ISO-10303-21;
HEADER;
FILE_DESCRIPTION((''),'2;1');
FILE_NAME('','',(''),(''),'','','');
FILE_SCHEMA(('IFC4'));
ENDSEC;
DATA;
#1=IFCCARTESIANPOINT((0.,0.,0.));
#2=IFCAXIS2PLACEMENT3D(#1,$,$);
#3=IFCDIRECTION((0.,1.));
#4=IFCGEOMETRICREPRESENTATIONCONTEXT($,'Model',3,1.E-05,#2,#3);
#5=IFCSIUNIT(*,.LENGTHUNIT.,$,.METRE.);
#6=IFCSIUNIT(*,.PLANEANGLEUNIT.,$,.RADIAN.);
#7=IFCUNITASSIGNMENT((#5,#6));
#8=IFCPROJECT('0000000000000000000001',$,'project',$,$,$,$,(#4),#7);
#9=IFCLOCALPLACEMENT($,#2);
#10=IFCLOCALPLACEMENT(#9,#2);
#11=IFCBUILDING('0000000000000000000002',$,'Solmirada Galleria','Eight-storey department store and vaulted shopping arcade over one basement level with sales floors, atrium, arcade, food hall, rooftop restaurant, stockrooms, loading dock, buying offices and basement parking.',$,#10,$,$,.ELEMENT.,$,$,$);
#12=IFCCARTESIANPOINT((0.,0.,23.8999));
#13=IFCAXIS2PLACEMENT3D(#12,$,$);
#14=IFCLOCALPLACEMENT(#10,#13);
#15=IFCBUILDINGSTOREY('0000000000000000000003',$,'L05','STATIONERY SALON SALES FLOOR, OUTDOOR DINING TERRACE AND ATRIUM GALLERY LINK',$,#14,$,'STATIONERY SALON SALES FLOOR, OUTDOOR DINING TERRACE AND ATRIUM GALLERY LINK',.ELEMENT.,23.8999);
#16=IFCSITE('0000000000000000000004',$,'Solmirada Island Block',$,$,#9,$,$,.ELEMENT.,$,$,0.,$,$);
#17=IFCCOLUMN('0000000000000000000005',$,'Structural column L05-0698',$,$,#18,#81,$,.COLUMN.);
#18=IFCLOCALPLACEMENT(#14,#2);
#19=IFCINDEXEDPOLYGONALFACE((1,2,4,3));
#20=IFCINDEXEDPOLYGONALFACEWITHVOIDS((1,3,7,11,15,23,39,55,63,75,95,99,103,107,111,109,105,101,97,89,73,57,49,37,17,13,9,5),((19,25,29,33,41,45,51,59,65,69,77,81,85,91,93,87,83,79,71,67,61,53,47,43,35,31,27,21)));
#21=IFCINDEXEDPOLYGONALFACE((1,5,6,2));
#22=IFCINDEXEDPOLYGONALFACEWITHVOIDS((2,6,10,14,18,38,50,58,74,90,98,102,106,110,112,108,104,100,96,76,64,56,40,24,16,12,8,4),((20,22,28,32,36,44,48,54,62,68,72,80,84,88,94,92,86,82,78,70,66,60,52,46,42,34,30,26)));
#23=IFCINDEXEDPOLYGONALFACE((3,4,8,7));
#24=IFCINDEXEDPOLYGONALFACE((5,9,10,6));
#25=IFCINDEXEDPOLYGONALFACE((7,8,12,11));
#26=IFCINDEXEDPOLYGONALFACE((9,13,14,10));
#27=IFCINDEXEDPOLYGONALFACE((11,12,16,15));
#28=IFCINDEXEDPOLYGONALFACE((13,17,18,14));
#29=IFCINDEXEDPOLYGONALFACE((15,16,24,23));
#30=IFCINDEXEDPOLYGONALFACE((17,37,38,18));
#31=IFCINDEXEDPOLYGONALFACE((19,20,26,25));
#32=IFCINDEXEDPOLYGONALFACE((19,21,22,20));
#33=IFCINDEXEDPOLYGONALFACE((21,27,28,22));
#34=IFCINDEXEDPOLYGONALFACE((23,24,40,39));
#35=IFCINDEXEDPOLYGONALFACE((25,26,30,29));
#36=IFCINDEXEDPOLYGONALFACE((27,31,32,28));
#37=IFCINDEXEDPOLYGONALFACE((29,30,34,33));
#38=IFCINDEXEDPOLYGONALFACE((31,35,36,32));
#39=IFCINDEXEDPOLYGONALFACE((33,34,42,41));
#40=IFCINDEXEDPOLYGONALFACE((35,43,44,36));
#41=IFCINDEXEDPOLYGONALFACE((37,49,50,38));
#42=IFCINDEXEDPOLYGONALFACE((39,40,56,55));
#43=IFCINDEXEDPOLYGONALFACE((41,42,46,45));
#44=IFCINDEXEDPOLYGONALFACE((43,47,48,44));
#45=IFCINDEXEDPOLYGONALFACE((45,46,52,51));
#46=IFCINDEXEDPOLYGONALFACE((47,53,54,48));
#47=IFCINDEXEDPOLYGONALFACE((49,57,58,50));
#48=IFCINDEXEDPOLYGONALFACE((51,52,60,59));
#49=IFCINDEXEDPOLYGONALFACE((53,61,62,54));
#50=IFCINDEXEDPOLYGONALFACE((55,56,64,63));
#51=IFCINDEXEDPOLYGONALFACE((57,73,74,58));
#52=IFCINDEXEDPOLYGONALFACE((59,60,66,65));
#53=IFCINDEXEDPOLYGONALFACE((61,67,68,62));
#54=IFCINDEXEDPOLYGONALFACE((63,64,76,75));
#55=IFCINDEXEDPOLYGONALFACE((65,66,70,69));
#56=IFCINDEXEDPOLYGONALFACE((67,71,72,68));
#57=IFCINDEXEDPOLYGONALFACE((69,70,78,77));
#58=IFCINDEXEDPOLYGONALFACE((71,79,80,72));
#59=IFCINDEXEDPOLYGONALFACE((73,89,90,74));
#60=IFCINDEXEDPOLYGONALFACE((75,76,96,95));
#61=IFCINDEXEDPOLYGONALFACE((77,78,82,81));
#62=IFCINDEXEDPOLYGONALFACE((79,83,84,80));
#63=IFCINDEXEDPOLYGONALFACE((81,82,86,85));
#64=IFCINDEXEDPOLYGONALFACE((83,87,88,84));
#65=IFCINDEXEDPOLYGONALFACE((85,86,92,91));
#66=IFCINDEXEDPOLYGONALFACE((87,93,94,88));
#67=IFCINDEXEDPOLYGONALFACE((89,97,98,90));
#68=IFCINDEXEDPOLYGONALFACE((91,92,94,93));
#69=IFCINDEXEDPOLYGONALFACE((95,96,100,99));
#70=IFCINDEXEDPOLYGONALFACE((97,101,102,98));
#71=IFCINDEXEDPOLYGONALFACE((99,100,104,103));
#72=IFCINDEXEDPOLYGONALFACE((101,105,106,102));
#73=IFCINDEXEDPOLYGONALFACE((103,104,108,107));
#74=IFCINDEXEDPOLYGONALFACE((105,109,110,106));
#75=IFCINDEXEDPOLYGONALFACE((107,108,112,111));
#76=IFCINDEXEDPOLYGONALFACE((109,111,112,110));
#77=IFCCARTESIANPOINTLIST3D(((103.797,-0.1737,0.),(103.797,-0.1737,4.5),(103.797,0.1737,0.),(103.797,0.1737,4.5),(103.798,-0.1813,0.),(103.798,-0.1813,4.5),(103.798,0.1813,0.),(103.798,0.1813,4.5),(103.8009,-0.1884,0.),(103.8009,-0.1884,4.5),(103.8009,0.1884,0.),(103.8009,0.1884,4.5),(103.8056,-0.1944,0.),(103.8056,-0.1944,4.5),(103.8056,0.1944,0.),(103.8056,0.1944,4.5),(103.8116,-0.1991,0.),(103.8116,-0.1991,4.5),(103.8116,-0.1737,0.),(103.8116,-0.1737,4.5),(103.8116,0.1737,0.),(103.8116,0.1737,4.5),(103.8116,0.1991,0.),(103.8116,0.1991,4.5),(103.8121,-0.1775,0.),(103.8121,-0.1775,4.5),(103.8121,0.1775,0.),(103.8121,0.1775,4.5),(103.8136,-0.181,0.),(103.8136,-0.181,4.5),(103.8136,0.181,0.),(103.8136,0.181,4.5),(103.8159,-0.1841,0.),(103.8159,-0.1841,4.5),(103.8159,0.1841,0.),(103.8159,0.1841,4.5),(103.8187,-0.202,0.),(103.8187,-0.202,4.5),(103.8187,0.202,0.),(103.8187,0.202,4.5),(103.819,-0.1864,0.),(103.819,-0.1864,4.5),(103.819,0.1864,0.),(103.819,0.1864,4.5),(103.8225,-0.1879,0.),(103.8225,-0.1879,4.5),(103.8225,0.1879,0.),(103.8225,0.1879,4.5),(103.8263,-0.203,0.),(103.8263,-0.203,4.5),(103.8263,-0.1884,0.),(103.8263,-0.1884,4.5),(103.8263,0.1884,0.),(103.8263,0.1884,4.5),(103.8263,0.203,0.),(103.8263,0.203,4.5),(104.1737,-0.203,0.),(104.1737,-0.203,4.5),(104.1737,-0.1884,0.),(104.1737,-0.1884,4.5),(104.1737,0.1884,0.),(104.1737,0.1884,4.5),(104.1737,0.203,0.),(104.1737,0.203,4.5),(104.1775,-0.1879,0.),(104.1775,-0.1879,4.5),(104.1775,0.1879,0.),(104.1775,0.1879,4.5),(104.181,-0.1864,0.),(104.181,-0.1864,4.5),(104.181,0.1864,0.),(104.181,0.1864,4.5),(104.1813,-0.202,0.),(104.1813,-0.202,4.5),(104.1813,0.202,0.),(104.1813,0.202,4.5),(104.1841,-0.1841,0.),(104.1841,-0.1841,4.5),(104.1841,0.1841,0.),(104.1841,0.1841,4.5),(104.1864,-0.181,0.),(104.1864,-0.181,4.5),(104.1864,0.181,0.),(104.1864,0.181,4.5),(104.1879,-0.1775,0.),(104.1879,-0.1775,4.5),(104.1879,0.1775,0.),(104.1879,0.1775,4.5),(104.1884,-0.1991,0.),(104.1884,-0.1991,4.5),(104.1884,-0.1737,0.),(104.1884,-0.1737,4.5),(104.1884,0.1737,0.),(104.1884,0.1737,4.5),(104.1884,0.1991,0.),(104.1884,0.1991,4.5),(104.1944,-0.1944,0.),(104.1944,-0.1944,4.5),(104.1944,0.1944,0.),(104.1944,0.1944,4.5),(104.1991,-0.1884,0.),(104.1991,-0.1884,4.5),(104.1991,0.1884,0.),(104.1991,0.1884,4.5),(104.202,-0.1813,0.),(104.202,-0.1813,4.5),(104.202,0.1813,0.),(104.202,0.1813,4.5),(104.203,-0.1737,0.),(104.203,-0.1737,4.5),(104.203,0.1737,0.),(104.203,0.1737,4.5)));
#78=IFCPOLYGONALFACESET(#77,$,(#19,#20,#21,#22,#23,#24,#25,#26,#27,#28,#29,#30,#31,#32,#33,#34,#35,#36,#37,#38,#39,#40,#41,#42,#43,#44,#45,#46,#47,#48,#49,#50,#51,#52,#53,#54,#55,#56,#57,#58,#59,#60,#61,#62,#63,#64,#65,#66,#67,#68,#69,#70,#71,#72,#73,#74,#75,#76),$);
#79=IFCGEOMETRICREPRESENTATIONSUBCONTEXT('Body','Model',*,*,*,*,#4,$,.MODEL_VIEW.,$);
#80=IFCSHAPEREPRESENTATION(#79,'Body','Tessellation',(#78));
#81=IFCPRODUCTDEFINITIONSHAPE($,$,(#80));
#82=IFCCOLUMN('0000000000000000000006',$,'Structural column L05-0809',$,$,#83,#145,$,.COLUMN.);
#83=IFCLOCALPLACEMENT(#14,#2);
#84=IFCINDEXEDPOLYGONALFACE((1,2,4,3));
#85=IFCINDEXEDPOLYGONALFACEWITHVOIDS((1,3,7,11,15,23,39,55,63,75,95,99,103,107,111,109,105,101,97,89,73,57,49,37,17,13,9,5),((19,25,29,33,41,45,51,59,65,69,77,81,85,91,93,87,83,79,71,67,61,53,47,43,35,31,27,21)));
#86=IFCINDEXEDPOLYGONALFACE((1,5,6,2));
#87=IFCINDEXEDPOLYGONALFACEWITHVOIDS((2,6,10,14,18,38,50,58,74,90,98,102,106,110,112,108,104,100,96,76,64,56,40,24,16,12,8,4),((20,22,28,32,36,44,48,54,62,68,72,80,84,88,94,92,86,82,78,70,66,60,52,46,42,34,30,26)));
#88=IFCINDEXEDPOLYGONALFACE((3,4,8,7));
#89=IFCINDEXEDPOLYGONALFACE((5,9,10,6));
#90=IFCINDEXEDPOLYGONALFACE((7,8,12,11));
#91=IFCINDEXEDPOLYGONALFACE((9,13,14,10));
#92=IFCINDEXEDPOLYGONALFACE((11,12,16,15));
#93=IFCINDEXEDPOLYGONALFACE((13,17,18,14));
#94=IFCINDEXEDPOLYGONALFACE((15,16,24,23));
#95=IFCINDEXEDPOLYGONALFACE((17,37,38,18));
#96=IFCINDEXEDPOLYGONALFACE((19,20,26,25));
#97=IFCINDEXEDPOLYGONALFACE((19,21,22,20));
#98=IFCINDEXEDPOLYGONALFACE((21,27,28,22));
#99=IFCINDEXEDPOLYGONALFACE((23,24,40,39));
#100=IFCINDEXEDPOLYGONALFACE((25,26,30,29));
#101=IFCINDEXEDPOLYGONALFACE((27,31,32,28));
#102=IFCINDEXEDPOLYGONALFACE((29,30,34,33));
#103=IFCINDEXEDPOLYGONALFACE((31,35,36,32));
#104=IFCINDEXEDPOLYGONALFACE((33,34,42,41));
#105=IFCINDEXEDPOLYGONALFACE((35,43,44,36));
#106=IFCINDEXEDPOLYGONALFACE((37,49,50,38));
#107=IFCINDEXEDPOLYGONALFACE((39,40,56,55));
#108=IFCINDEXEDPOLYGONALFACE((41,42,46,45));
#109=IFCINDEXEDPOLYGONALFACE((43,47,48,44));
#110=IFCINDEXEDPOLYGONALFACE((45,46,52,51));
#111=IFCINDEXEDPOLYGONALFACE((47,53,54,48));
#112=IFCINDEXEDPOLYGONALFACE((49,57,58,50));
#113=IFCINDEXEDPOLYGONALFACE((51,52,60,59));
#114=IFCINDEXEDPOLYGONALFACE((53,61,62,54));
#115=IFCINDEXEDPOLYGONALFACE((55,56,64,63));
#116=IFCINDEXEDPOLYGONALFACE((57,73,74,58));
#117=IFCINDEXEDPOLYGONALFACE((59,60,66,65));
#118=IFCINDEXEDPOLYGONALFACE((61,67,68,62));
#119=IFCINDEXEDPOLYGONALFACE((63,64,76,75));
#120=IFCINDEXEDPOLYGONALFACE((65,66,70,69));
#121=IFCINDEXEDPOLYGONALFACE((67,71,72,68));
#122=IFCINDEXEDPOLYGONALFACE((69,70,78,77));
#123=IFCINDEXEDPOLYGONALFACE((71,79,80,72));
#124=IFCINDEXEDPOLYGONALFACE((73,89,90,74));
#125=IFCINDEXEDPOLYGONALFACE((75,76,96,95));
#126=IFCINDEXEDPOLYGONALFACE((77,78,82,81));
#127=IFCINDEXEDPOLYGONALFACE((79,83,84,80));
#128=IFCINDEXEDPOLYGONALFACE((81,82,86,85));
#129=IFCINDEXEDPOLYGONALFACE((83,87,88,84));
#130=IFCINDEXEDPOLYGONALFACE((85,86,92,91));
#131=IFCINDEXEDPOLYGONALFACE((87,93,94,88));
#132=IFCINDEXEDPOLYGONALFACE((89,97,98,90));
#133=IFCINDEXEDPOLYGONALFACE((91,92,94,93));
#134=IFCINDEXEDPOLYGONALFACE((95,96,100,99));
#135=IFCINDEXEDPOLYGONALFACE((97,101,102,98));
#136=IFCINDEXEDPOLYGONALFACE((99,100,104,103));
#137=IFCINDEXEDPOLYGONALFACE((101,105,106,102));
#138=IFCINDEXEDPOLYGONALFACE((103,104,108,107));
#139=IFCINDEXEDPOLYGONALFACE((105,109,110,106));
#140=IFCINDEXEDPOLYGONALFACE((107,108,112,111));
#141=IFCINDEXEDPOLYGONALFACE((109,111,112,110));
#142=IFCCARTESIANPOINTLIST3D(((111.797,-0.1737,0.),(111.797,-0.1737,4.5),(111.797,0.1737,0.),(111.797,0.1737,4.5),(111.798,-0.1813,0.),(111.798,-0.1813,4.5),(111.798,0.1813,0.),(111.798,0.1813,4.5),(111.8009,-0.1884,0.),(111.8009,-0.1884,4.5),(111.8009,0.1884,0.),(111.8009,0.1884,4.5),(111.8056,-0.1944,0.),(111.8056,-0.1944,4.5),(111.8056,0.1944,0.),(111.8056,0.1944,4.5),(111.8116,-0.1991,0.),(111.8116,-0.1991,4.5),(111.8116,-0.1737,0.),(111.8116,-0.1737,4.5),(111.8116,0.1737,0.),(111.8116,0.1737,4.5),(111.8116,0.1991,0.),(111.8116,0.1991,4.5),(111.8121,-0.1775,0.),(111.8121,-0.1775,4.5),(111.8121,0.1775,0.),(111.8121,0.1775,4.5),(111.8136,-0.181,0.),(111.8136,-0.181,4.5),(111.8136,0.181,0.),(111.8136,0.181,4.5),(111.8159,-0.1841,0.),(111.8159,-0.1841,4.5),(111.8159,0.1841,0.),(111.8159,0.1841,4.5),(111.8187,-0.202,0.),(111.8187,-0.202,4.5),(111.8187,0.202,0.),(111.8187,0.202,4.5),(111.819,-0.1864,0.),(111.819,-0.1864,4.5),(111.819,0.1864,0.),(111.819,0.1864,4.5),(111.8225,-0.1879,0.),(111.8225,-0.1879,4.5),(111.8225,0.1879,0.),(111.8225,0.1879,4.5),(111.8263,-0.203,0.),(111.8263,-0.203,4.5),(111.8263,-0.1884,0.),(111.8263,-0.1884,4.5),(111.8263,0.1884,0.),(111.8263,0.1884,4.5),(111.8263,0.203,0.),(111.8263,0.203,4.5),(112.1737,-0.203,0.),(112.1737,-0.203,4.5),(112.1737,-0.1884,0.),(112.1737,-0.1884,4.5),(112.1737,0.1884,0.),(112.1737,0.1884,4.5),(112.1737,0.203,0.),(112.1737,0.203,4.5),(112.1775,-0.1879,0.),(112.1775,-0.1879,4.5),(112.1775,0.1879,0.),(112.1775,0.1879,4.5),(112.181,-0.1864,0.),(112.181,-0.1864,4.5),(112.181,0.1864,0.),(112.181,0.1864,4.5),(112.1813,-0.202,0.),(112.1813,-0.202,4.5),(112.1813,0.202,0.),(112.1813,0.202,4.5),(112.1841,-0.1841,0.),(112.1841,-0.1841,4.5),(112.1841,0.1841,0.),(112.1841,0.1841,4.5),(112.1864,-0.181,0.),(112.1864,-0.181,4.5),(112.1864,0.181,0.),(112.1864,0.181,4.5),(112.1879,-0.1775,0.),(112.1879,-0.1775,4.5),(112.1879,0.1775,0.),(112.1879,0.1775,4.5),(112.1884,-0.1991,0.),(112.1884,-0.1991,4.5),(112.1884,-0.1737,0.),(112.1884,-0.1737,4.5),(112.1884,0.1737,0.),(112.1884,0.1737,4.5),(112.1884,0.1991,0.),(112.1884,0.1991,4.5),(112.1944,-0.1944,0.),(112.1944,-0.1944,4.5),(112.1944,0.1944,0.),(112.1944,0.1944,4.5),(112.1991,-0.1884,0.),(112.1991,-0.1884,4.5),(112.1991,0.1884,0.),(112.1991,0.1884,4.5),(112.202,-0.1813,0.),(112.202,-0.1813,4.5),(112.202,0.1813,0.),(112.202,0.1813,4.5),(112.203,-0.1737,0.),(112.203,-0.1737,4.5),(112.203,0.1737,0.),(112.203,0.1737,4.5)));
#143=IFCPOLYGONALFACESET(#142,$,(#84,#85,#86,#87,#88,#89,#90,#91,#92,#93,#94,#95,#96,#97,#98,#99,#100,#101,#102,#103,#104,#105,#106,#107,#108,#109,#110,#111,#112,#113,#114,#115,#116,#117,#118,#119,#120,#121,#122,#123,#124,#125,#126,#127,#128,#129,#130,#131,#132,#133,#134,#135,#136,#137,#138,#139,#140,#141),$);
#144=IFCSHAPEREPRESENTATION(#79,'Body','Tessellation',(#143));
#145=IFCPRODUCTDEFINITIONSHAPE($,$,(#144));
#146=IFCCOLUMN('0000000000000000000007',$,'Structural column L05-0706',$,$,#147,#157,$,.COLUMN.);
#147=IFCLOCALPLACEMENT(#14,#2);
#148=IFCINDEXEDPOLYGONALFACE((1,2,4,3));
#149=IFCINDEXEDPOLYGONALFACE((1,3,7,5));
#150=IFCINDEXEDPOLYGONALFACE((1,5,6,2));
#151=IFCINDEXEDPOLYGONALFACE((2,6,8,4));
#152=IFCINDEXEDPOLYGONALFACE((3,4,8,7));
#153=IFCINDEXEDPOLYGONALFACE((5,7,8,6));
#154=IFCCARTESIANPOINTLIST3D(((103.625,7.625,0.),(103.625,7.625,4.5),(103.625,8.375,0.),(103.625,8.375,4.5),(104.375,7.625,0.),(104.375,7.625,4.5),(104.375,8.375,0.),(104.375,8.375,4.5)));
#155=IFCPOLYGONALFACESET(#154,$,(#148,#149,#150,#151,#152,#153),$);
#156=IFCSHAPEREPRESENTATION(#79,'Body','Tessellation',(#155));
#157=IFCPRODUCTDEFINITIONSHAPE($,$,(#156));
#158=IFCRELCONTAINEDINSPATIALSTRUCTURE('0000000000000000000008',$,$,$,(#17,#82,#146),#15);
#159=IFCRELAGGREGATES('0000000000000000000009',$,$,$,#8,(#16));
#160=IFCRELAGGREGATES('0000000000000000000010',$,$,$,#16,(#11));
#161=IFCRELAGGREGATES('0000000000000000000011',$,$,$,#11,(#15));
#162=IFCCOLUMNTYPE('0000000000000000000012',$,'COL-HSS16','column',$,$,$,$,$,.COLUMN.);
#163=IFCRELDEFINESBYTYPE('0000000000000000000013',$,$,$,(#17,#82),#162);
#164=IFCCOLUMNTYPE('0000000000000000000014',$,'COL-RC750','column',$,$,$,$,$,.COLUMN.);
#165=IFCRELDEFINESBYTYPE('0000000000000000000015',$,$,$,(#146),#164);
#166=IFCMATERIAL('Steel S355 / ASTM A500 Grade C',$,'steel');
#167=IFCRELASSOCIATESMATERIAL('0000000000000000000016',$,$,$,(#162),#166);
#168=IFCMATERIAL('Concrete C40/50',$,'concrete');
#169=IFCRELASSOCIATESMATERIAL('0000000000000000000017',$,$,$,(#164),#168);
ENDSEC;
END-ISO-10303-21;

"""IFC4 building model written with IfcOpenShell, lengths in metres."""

from ifc_helpers import new_model, si_unit, direction, frame, origin, origin_2d, place, context, subcontext, project, spatial, rectangle, hollow_rectangle, extrude, material, material_profile, profile_set, type_object, element, save


model = new_model("IFC4")

# Units and contexts
model_context = context("Model", 3, precision=1e-05, world=origin(), true_north=direction((0.0, 1.0)))
body_context = subcontext(model_context, "Body", "Model", "MODEL_VIEW")
ifc_project = project(units=[si_unit("LENGTHUNIT", "METRE"), si_unit("PLANEANGLEUNIT", "RADIAN")], contexts=[model_context])

# Site, building, storey
site_placement = place(None, origin())
site = spatial("IfcSite", under=ifc_project, at=site_placement, Name="Solmirada Island Block", CompositionType="ELEMENT", RefElevation=0.0)
building_placement = place(site_placement, origin())
building = spatial("IfcBuilding", under=site, at=building_placement, Name="Solmirada Galleria", Description="Eight-storey department store and vaulted shopping arcade over one basement level with sales floors, atrium, arcade, food hall, rooftop restaurant, stockrooms, loading dock, buying offices and basement parking.", CompositionType="ELEMENT")
storey_placement = place(building_placement, frame((0.0, 0.0, 23.8999)))
storey = spatial("IfcBuildingStorey", under=building, at=storey_placement, Name="L05", Description="STATIONERY SALON SALES FLOOR, OUTDOOR DINING TERRACE AND ATRIUM GALLERY LINK", LongName="STATIONERY SALON SALES FLOOR, OUTDOOR DINING TERRACE AND ATRIUM GALLERY LINK", CompositionType="ELEMENT", Elevation=23.8999)

# Columns
ifc_material_1 = material(Name="Steel S355 / ASTM A500 Grade C", Category="steel")
ifc_material_profile_1 = material_profile(ifc_material_1, hollow_rectangle(XDim=0.406, YDim=0.406, WallThickness=0.0146, InnerFilletRadius=0.0146, OuterFilletRadius=0.0293, at=origin_2d()), Name="HSS16X16X5/8")
ifc_profile_set_1 = profile_set([ifc_material_profile_1], Name="Steel S355 / ASTM A500 Grade C")
column_type_1 = type_object("IfcColumnType", Name="COL-HSS16", Description="column", PredefinedType="COLUMN", material=ifc_profile_set_1)
for number, where, z_axis, x_axis, name in (
    (1, (104.0, 0.0, 0.0), (0.0, 0.0, 1.0), (1.0, 0.0, 0.0), "Structural column L05-0698"),
    (2, (112.0, 0.0, 0.0), (0.0, 0.0, 1.0), (1.0, 0.0, 0.0), "Structural column L05-0809"),
):
    element("IfcColumn", number, at=place(storey_placement, frame(where, z_axis=z_axis, x_axis=x_axis)), inside=storey, type_object=column_type_1, Name=name, PredefinedType="COLUMN", context=body_context, shape_type="SweptSolid", body=[
        extrude(hollow_rectangle(XDim=0.406, YDim=0.406, WallThickness=0.0146, InnerFilletRadius=0.0146, OuterFilletRadius=0.0293, at=origin_2d()), origin(), (0.0, 0.0, 1.0), 4.5),
    ])
ifc_material_2 = material(Name="Concrete C40/50", Category="concrete")
ifc_material_profile_2 = material_profile(ifc_material_2, rectangle(XDim=0.75, YDim=0.75, at=origin_2d()), Name="RC750X750")
ifc_profile_set_2 = profile_set([ifc_material_profile_2], Name="Concrete C40/50")
column_type_2 = type_object("IfcColumnType", Name="COL-RC750", Description="column", PredefinedType="COLUMN", material=ifc_profile_set_2)
column_placement = place(storey_placement, frame((104.0, 8.0, 0.0), z_axis=(0.0, 0.0, 1.0), x_axis=(1.0, 0.0, 0.0)))
element("IfcColumn", 3, at=column_placement, inside=storey, type_object=column_type_2, Name="Structural column L05-0706", PredefinedType="COLUMN", context=body_context, shape_type="SweptSolid", body=[
    extrude(rectangle(XDim=0.75, YDim=0.75, at=origin_2d()), origin(), (0.0, 0.0, 1.0), 4.5),
])

save(model, "model.ifc")
